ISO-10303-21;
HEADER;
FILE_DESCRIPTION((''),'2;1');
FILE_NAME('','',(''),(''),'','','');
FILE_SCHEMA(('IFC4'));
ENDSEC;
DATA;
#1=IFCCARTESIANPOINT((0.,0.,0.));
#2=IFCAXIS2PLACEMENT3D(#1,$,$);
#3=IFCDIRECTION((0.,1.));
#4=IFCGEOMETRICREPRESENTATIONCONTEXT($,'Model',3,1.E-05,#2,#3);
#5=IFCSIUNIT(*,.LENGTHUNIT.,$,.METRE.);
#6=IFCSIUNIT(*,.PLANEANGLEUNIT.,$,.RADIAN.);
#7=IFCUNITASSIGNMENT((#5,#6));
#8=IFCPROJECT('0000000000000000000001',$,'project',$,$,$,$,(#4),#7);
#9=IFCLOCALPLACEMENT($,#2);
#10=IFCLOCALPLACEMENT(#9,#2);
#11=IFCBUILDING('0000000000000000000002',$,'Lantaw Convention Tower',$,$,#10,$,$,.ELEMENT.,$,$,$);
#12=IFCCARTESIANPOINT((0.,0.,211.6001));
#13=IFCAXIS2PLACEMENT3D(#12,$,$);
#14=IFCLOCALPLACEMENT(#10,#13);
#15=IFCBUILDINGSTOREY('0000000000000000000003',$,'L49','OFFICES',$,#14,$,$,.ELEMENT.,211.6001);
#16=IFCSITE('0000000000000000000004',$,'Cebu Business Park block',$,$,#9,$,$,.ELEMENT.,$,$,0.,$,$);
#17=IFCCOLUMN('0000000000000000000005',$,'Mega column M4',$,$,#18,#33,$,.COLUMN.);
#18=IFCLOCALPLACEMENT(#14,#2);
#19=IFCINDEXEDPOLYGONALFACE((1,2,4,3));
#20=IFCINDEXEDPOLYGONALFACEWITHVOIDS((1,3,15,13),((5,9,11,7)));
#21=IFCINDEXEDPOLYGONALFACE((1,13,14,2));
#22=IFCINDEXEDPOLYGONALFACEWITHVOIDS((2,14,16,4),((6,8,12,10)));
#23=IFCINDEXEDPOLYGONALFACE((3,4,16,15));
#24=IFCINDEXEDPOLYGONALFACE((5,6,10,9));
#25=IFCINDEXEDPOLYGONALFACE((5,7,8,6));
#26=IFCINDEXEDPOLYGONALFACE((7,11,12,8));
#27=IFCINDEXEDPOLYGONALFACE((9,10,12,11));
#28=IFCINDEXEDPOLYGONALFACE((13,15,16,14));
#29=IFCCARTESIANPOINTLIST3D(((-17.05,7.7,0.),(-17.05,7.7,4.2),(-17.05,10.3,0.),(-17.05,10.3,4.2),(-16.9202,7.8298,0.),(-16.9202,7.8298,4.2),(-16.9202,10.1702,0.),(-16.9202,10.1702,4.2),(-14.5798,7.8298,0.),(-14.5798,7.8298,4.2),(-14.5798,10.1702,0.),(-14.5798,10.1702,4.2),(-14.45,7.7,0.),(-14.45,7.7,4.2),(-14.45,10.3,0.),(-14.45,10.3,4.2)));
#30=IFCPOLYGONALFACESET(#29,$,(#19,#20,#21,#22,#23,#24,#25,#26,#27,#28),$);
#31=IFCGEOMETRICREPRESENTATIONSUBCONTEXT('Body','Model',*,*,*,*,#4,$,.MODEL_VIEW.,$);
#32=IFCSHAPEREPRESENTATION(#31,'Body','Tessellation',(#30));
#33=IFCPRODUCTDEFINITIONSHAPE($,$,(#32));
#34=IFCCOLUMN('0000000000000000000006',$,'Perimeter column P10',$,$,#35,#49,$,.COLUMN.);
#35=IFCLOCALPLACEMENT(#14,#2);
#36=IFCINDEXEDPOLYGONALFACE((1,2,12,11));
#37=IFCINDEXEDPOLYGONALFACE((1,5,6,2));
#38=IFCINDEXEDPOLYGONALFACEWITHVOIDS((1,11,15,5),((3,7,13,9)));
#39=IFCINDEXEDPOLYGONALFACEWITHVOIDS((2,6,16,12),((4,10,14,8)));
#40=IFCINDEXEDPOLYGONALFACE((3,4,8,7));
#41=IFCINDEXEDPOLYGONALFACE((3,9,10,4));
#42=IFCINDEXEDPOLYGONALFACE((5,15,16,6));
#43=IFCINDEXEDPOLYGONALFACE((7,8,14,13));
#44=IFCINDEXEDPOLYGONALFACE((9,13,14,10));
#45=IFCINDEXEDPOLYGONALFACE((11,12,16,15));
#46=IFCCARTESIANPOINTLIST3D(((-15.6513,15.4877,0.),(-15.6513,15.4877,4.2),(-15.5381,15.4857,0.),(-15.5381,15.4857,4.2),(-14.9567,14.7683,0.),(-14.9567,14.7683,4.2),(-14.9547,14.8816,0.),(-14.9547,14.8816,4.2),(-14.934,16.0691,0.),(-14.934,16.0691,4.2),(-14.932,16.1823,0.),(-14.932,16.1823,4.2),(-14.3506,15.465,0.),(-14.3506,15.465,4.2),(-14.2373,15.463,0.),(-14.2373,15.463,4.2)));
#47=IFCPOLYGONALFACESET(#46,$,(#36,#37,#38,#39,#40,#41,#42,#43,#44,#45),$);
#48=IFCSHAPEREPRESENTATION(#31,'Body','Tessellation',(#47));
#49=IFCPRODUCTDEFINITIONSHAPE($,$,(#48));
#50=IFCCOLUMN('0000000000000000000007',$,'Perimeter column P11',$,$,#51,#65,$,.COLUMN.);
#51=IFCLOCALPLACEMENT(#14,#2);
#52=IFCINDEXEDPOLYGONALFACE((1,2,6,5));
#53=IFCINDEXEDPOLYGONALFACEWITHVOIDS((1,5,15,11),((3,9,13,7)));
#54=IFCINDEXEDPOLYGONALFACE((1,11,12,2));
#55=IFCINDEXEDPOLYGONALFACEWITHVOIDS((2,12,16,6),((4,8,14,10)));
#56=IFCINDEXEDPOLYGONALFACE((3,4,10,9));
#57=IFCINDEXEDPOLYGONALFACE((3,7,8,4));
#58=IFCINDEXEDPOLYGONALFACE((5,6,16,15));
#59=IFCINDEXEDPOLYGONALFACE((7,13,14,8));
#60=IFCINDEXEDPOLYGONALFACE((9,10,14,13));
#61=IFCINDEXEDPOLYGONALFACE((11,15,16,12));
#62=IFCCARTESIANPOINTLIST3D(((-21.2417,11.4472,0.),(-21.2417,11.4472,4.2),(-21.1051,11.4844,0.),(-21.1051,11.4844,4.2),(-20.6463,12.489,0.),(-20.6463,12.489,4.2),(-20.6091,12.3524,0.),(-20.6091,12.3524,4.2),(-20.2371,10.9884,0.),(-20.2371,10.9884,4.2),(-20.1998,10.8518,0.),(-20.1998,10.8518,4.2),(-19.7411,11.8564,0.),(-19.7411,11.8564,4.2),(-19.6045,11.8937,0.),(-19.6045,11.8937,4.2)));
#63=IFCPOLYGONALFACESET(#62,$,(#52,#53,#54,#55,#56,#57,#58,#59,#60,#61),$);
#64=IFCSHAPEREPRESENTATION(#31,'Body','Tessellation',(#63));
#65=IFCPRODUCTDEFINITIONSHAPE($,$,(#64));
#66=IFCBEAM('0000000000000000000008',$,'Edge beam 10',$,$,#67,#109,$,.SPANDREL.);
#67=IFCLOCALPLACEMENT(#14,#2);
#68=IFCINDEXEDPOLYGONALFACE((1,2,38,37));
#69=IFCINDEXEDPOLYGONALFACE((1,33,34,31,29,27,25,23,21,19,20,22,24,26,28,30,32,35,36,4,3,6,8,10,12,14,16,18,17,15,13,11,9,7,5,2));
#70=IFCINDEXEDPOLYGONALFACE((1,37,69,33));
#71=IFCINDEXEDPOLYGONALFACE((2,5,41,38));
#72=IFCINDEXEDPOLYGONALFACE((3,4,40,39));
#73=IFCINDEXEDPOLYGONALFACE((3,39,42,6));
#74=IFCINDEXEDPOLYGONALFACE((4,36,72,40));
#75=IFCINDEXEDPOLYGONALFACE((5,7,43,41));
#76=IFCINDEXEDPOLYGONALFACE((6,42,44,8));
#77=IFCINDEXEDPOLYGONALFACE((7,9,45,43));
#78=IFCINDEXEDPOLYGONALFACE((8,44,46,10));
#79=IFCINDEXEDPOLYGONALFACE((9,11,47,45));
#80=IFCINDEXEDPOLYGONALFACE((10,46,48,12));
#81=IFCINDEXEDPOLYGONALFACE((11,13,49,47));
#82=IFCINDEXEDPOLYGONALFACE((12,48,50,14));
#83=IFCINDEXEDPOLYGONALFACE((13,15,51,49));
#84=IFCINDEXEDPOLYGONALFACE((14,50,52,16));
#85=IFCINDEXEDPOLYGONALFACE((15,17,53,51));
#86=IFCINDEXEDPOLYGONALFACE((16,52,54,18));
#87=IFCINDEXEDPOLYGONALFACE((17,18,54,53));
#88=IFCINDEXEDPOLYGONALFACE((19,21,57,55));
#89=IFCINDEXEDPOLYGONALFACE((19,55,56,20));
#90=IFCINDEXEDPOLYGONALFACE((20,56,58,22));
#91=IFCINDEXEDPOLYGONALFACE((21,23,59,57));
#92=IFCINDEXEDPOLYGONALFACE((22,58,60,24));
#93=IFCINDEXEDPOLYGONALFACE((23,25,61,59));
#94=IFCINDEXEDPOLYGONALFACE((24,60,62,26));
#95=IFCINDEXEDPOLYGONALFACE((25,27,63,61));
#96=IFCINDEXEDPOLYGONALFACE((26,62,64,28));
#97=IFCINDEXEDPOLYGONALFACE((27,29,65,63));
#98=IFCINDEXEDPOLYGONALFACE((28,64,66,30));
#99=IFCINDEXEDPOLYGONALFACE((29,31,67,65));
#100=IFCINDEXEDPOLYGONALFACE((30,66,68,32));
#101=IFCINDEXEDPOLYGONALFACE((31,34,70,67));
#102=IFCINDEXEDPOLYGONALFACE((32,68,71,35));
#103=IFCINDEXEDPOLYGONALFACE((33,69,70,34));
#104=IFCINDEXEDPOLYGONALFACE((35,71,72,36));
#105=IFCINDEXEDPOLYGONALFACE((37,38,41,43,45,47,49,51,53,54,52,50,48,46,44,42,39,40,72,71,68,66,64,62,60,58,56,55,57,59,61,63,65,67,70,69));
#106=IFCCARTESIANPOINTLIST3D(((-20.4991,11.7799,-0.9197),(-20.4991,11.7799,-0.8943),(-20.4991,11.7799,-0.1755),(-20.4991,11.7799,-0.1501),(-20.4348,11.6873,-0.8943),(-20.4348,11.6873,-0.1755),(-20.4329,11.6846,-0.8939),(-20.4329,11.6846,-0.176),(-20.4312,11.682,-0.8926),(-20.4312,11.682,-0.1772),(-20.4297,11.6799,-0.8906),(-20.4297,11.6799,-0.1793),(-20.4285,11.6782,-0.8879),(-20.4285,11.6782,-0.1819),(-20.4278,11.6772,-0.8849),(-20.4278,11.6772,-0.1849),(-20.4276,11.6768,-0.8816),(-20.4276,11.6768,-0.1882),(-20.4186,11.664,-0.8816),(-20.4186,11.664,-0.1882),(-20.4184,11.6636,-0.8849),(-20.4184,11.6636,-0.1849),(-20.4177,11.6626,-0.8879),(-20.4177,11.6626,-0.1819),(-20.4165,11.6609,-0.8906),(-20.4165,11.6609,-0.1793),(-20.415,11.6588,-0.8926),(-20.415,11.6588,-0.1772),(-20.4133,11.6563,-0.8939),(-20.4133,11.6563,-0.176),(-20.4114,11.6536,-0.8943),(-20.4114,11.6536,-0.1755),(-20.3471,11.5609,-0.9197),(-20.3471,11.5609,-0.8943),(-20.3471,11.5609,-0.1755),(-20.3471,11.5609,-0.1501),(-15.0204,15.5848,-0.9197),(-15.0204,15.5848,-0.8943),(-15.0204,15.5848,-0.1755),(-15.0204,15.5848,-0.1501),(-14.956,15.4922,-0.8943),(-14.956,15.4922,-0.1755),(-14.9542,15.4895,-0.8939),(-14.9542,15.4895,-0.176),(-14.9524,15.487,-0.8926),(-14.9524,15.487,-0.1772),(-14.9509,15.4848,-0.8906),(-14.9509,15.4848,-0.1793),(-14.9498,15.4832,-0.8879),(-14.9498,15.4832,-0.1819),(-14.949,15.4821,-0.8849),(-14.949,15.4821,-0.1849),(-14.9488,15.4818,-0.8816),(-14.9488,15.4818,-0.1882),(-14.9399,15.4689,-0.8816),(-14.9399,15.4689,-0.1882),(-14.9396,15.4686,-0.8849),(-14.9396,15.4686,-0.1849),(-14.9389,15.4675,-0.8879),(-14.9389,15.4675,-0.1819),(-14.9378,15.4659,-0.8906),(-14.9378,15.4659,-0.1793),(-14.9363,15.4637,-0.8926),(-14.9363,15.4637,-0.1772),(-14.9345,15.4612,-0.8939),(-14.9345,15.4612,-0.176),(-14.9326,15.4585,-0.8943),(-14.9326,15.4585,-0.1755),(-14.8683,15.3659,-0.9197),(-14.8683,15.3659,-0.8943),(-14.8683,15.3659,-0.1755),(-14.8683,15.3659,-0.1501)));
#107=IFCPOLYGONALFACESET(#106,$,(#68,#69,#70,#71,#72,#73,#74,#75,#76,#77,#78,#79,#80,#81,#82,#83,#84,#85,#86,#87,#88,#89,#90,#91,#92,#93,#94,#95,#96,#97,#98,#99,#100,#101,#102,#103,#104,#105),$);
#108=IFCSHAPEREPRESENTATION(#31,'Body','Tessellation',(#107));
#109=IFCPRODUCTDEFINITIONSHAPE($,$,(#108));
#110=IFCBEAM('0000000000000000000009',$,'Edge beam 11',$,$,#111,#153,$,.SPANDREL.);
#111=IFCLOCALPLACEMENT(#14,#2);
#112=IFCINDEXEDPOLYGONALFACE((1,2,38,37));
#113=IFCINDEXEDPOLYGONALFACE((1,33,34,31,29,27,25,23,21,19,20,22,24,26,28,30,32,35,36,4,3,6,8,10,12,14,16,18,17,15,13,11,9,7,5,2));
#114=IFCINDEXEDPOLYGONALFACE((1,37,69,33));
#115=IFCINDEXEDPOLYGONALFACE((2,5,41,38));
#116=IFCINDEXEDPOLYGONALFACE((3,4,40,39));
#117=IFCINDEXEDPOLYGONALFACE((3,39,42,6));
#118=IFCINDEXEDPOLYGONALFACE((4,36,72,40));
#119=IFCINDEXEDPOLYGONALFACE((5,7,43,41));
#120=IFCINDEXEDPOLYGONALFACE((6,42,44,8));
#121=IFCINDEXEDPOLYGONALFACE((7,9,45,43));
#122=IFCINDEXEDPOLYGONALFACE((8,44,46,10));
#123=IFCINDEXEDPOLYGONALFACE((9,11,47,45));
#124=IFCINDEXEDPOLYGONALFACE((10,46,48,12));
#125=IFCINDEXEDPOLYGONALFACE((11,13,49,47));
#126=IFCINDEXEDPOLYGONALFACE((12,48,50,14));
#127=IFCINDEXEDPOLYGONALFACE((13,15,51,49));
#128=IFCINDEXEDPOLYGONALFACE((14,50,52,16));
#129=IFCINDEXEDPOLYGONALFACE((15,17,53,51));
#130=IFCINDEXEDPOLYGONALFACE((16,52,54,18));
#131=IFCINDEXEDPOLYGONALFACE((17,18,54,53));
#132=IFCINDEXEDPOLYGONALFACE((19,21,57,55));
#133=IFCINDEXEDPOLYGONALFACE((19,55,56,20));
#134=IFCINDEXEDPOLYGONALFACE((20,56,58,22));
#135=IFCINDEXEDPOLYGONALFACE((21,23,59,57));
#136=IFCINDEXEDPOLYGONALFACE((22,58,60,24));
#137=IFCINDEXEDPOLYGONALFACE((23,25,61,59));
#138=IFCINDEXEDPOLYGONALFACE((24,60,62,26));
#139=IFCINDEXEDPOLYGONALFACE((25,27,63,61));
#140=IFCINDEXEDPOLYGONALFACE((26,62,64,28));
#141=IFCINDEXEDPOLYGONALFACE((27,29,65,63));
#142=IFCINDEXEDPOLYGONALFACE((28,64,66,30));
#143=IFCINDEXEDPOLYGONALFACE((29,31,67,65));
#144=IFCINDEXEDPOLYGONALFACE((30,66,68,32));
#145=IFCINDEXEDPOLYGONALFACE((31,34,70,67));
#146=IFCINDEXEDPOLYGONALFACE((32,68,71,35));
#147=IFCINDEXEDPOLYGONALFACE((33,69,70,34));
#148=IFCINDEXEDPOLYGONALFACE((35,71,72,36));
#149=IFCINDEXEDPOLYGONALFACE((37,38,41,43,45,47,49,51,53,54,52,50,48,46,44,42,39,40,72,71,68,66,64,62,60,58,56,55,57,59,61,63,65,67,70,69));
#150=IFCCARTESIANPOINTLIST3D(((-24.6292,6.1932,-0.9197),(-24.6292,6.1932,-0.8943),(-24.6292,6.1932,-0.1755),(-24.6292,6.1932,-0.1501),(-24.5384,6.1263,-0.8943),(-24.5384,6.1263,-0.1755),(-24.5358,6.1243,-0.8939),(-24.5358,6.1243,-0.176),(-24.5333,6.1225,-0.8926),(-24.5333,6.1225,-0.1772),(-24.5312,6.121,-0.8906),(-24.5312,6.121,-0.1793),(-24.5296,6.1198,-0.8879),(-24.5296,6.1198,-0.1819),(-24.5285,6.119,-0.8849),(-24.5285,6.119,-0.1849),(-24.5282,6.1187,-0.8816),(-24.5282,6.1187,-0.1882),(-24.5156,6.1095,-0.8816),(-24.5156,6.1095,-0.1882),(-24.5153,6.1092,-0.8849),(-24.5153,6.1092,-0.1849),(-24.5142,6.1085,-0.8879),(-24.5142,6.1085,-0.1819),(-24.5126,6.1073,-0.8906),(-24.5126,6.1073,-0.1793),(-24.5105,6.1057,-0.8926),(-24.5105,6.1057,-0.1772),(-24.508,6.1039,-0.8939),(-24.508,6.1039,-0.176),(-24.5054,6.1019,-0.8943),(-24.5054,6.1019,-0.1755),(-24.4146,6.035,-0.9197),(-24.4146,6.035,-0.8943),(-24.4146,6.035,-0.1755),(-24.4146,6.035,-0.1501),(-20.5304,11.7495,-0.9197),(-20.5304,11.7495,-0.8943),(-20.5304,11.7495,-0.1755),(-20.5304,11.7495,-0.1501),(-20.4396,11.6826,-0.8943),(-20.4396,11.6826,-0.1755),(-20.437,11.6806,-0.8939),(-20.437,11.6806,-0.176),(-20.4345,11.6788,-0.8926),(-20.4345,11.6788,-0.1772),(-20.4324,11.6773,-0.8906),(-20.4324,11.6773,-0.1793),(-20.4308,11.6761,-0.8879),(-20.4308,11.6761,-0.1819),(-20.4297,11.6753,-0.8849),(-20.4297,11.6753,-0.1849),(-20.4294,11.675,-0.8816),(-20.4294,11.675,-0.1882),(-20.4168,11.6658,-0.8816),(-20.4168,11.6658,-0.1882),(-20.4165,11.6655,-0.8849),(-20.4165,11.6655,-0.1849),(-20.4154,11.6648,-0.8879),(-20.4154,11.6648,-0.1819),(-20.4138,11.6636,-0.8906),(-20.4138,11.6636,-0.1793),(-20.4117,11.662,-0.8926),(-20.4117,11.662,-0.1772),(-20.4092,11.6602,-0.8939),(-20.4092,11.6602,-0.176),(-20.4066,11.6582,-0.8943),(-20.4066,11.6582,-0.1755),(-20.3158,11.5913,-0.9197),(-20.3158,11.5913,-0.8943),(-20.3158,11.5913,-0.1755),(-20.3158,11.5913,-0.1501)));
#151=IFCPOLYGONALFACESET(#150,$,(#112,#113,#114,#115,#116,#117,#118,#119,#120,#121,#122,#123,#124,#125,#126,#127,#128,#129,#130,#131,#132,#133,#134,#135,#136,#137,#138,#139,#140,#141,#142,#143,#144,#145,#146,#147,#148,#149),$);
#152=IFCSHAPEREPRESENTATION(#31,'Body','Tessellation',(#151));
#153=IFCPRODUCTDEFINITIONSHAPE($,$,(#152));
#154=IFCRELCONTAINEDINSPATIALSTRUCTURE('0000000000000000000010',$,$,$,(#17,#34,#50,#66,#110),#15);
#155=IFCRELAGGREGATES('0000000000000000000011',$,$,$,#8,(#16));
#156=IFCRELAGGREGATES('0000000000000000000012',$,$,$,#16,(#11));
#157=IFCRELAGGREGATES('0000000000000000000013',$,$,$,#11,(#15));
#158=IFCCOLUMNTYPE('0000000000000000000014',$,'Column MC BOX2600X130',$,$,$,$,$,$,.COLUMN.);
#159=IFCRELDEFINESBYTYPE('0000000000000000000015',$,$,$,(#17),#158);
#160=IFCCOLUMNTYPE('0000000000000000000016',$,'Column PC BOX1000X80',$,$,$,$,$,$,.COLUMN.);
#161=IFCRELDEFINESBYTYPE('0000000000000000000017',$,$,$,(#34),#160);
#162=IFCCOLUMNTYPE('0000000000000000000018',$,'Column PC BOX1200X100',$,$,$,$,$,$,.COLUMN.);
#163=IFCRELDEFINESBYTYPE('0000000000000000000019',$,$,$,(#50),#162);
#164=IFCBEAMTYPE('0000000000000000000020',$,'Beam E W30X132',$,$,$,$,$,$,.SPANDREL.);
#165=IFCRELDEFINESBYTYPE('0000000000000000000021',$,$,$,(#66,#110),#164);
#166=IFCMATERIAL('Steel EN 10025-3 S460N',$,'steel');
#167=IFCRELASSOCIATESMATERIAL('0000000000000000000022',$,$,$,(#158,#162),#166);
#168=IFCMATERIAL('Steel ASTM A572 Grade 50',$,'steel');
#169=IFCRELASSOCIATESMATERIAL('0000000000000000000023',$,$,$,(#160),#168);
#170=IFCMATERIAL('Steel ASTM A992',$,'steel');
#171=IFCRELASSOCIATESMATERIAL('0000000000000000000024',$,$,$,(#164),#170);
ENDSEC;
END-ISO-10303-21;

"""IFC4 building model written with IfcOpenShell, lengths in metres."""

from ifc_helpers import new_model, si_unit, direction, frame, origin, origin_2d, place, context, subcontext, project, spatial, rectangle, hollow_rectangle, i_section, extrude, material, material_profile, profile_set, type_object, element, save


model = new_model("IFC4")

# Units and contexts
model_context = context("Model", 3, precision=1e-05, world=origin(), true_north=direction((0.0, 1.0)))
body_context = subcontext(model_context, "Body", "Model", "MODEL_VIEW")
ifc_project = project(units=[si_unit("LENGTHUNIT", "METRE"), si_unit("PLANEANGLEUNIT", "RADIAN")], contexts=[model_context])

# Site, building, storey
site_placement = place(None, origin())
site = spatial("IfcSite", under=ifc_project, at=site_placement, Name="Cebu Business Park block", CompositionType="ELEMENT", RefElevation=0.0)
building_placement = place(site_placement, origin())
building = spatial("IfcBuilding", under=site, at=building_placement, Name="Lantaw Convention Tower", CompositionType="ELEMENT")
storey_placement = place(building_placement, frame((0.0, 0.0, 211.6001)))
storey = spatial("IfcBuildingStorey", under=building, at=storey_placement, Name="L49", Description="OFFICES", CompositionType="ELEMENT", Elevation=211.6001)

# Columns
ifc_material_1 = material(Name="Steel EN 10025-3 S460N", Category="steel")
ifc_material_profile_1 = material_profile(ifc_material_1, hollow_rectangle(XDim=2.6001, YDim=2.6001, WallThickness=0.1299, at=origin_2d()), Name="BOX2600X130")
ifc_material_2 = material(Name="Concrete C60/75", Category="concrete")
ifc_material_profile_2 = material_profile(ifc_material_2, rectangle(XDim=2.3401, YDim=2.3401, at=origin_2d()), Name="Concrete fill of BOX2600X130")
ifc_profile_set_1 = profile_set([ifc_material_profile_1, ifc_material_profile_2], Name="Steel EN 10025-3 S460N")
column_type_1 = type_object("IfcColumnType", Name="Column MC BOX2600X130", PredefinedType="COLUMN", material=ifc_profile_set_1)
column_1_placement = place(storey_placement, frame((-15.75, 9.0, 0.0), z_axis=(0.0, 0.0, 1.0), x_axis=(1.0, 0.0, 0.0)))
element("IfcColumn", 1, at=column_1_placement, inside=storey, type_object=column_type_1, Name="Mega column M4", PredefinedType="COLUMN", context=body_context, shape_type="SweptSolid", body=[
    extrude(hollow_rectangle(XDim=2.6001, YDim=2.6001, WallThickness=0.1299, at=origin_2d()), origin(), (0.0, 0.0, 1.0), 4.2),
])
ifc_material_3 = material(Name="Steel ASTM A572 Grade 50", Category="steel")
ifc_material_profile_3 = material_profile(ifc_material_3, hollow_rectangle(XDim=1.0, YDim=1.0, WallThickness=0.0801, at=origin_2d()), Name="BOX1000X80")
ifc_material_profile_4 = material_profile(ifc_material_2, rectangle(XDim=0.8401, YDim=0.8401, at=origin_2d()), Name="Concrete fill of BOX1000X80")
ifc_profile_set_2 = profile_set([ifc_material_profile_3, ifc_material_profile_4], Name="Steel ASTM A572 Grade 50")
column_type_2 = type_object("IfcColumnType", Name="Column PC BOX1000X80", PredefinedType="COLUMN", material=ifc_profile_set_2)
column_2_placement = place(storey_placement, frame((-14.9443, 15.4753, 0.0), z_axis=(0.0, 0.0, 1.0), x_axis=(0.71934, 0.694658, 0.0)))
element("IfcColumn", 2, at=column_2_placement, inside=storey, type_object=column_type_2, Name="Perimeter column P10", PredefinedType="COLUMN", context=body_context, shape_type="SweptSolid", body=[
    extrude(hollow_rectangle(XDim=1.0, YDim=1.0, WallThickness=0.0801, at=origin_2d()), origin(), (0.0, 0.0, 1.0), 4.2),
])
ifc_material_profile_5 = material_profile(ifc_material_1, hollow_rectangle(XDim=1.2, YDim=1.2, WallThickness=0.1001, at=origin_2d()), Name="BOX1200X100")
ifc_material_profile_6 = material_profile(ifc_material_2, rectangle(XDim=1.0, YDim=1.0, at=origin_2d()), Name="Concrete fill of BOX1200X100")
ifc_profile_set_3 = profile_set([ifc_material_profile_5, ifc_material_profile_6], Name="Steel EN 10025-3 S460N")
column_type_3 = type_object("IfcColumnType", Name="Column PC BOX1200X100", PredefinedType="COLUMN", material=ifc_profile_set_3)
column_3_placement = place(storey_placement, frame((-20.4231, 11.6704, 0.0), z_axis=(0.0, 0.0, 1.0), x_axis=(0.496139, 0.868243, 0.0)))
element("IfcColumn", 3, at=column_3_placement, inside=storey, type_object=column_type_3, Name="Perimeter column P11", PredefinedType="COLUMN", context=body_context, shape_type="SweptSolid", body=[
    extrude(hollow_rectangle(XDim=1.2, YDim=1.2, WallThickness=0.1001, at=origin_2d()), origin(), (0.0, 0.0, 1.0), 4.2),
])

# Beams
ifc_material_4 = material(Name="Steel ASTM A992", Category="steel")
ifc_material_profile_7 = material_profile(ifc_material_4, i_section(OverallWidth=0.2666, OverallDepth=0.7695, WebThickness=0.0156, FlangeThickness=0.0254, FilletRadius=0.0127, at=origin_2d()), Name="W30X132")
ifc_profile_set_4 = profile_set([ifc_material_profile_7], Name="Steel ASTM A992")
beam_type_1 = type_object("IfcBeamType", Name="Beam E W30X132", PredefinedType="SPANDREL", material=ifc_profile_set_4)
beam_1_placement = place(storey_placement, frame((-14.9443, 15.4753, -0.5349), z_axis=(-0.821353, -0.57042, 0.0), x_axis=(0.57042, -0.821353, 0.0)))
element("IfcBeam", 4, at=beam_1_placement, inside=storey, type_object=beam_type_1, Name="Edge beam 10", PredefinedType="SPANDREL", context=body_context, shape_type="SweptSolid", body=[
    extrude(i_section(OverallWidth=0.2666, OverallDepth=0.7695, WebThickness=0.0156, FlangeThickness=0.0254, FilletRadius=0.0127, at=origin_2d()), origin(), (0.0, 0.0, 1.0), 6.6704),
])
beam_2_placement = place(storey_placement, frame((-20.4231, 11.6704, -0.5349), z_axis=(-0.593639, -0.804731, 0.0), x_axis=(0.804731, -0.593639, 0.0)))
element("IfcBeam", 5, at=beam_2_placement, inside=storey, type_object=beam_type_1, Name="Edge beam 11", PredefinedType="SPANDREL", context=body_context, shape_type="SweptSolid", body=[
    extrude(i_section(OverallWidth=0.2666, OverallDepth=0.7695, WebThickness=0.0156, FlangeThickness=0.0254, FilletRadius=0.0127, at=origin_2d()), origin(), (0.0, 0.0, 1.0), 6.9045),
])

save(model, "model.ifc")
